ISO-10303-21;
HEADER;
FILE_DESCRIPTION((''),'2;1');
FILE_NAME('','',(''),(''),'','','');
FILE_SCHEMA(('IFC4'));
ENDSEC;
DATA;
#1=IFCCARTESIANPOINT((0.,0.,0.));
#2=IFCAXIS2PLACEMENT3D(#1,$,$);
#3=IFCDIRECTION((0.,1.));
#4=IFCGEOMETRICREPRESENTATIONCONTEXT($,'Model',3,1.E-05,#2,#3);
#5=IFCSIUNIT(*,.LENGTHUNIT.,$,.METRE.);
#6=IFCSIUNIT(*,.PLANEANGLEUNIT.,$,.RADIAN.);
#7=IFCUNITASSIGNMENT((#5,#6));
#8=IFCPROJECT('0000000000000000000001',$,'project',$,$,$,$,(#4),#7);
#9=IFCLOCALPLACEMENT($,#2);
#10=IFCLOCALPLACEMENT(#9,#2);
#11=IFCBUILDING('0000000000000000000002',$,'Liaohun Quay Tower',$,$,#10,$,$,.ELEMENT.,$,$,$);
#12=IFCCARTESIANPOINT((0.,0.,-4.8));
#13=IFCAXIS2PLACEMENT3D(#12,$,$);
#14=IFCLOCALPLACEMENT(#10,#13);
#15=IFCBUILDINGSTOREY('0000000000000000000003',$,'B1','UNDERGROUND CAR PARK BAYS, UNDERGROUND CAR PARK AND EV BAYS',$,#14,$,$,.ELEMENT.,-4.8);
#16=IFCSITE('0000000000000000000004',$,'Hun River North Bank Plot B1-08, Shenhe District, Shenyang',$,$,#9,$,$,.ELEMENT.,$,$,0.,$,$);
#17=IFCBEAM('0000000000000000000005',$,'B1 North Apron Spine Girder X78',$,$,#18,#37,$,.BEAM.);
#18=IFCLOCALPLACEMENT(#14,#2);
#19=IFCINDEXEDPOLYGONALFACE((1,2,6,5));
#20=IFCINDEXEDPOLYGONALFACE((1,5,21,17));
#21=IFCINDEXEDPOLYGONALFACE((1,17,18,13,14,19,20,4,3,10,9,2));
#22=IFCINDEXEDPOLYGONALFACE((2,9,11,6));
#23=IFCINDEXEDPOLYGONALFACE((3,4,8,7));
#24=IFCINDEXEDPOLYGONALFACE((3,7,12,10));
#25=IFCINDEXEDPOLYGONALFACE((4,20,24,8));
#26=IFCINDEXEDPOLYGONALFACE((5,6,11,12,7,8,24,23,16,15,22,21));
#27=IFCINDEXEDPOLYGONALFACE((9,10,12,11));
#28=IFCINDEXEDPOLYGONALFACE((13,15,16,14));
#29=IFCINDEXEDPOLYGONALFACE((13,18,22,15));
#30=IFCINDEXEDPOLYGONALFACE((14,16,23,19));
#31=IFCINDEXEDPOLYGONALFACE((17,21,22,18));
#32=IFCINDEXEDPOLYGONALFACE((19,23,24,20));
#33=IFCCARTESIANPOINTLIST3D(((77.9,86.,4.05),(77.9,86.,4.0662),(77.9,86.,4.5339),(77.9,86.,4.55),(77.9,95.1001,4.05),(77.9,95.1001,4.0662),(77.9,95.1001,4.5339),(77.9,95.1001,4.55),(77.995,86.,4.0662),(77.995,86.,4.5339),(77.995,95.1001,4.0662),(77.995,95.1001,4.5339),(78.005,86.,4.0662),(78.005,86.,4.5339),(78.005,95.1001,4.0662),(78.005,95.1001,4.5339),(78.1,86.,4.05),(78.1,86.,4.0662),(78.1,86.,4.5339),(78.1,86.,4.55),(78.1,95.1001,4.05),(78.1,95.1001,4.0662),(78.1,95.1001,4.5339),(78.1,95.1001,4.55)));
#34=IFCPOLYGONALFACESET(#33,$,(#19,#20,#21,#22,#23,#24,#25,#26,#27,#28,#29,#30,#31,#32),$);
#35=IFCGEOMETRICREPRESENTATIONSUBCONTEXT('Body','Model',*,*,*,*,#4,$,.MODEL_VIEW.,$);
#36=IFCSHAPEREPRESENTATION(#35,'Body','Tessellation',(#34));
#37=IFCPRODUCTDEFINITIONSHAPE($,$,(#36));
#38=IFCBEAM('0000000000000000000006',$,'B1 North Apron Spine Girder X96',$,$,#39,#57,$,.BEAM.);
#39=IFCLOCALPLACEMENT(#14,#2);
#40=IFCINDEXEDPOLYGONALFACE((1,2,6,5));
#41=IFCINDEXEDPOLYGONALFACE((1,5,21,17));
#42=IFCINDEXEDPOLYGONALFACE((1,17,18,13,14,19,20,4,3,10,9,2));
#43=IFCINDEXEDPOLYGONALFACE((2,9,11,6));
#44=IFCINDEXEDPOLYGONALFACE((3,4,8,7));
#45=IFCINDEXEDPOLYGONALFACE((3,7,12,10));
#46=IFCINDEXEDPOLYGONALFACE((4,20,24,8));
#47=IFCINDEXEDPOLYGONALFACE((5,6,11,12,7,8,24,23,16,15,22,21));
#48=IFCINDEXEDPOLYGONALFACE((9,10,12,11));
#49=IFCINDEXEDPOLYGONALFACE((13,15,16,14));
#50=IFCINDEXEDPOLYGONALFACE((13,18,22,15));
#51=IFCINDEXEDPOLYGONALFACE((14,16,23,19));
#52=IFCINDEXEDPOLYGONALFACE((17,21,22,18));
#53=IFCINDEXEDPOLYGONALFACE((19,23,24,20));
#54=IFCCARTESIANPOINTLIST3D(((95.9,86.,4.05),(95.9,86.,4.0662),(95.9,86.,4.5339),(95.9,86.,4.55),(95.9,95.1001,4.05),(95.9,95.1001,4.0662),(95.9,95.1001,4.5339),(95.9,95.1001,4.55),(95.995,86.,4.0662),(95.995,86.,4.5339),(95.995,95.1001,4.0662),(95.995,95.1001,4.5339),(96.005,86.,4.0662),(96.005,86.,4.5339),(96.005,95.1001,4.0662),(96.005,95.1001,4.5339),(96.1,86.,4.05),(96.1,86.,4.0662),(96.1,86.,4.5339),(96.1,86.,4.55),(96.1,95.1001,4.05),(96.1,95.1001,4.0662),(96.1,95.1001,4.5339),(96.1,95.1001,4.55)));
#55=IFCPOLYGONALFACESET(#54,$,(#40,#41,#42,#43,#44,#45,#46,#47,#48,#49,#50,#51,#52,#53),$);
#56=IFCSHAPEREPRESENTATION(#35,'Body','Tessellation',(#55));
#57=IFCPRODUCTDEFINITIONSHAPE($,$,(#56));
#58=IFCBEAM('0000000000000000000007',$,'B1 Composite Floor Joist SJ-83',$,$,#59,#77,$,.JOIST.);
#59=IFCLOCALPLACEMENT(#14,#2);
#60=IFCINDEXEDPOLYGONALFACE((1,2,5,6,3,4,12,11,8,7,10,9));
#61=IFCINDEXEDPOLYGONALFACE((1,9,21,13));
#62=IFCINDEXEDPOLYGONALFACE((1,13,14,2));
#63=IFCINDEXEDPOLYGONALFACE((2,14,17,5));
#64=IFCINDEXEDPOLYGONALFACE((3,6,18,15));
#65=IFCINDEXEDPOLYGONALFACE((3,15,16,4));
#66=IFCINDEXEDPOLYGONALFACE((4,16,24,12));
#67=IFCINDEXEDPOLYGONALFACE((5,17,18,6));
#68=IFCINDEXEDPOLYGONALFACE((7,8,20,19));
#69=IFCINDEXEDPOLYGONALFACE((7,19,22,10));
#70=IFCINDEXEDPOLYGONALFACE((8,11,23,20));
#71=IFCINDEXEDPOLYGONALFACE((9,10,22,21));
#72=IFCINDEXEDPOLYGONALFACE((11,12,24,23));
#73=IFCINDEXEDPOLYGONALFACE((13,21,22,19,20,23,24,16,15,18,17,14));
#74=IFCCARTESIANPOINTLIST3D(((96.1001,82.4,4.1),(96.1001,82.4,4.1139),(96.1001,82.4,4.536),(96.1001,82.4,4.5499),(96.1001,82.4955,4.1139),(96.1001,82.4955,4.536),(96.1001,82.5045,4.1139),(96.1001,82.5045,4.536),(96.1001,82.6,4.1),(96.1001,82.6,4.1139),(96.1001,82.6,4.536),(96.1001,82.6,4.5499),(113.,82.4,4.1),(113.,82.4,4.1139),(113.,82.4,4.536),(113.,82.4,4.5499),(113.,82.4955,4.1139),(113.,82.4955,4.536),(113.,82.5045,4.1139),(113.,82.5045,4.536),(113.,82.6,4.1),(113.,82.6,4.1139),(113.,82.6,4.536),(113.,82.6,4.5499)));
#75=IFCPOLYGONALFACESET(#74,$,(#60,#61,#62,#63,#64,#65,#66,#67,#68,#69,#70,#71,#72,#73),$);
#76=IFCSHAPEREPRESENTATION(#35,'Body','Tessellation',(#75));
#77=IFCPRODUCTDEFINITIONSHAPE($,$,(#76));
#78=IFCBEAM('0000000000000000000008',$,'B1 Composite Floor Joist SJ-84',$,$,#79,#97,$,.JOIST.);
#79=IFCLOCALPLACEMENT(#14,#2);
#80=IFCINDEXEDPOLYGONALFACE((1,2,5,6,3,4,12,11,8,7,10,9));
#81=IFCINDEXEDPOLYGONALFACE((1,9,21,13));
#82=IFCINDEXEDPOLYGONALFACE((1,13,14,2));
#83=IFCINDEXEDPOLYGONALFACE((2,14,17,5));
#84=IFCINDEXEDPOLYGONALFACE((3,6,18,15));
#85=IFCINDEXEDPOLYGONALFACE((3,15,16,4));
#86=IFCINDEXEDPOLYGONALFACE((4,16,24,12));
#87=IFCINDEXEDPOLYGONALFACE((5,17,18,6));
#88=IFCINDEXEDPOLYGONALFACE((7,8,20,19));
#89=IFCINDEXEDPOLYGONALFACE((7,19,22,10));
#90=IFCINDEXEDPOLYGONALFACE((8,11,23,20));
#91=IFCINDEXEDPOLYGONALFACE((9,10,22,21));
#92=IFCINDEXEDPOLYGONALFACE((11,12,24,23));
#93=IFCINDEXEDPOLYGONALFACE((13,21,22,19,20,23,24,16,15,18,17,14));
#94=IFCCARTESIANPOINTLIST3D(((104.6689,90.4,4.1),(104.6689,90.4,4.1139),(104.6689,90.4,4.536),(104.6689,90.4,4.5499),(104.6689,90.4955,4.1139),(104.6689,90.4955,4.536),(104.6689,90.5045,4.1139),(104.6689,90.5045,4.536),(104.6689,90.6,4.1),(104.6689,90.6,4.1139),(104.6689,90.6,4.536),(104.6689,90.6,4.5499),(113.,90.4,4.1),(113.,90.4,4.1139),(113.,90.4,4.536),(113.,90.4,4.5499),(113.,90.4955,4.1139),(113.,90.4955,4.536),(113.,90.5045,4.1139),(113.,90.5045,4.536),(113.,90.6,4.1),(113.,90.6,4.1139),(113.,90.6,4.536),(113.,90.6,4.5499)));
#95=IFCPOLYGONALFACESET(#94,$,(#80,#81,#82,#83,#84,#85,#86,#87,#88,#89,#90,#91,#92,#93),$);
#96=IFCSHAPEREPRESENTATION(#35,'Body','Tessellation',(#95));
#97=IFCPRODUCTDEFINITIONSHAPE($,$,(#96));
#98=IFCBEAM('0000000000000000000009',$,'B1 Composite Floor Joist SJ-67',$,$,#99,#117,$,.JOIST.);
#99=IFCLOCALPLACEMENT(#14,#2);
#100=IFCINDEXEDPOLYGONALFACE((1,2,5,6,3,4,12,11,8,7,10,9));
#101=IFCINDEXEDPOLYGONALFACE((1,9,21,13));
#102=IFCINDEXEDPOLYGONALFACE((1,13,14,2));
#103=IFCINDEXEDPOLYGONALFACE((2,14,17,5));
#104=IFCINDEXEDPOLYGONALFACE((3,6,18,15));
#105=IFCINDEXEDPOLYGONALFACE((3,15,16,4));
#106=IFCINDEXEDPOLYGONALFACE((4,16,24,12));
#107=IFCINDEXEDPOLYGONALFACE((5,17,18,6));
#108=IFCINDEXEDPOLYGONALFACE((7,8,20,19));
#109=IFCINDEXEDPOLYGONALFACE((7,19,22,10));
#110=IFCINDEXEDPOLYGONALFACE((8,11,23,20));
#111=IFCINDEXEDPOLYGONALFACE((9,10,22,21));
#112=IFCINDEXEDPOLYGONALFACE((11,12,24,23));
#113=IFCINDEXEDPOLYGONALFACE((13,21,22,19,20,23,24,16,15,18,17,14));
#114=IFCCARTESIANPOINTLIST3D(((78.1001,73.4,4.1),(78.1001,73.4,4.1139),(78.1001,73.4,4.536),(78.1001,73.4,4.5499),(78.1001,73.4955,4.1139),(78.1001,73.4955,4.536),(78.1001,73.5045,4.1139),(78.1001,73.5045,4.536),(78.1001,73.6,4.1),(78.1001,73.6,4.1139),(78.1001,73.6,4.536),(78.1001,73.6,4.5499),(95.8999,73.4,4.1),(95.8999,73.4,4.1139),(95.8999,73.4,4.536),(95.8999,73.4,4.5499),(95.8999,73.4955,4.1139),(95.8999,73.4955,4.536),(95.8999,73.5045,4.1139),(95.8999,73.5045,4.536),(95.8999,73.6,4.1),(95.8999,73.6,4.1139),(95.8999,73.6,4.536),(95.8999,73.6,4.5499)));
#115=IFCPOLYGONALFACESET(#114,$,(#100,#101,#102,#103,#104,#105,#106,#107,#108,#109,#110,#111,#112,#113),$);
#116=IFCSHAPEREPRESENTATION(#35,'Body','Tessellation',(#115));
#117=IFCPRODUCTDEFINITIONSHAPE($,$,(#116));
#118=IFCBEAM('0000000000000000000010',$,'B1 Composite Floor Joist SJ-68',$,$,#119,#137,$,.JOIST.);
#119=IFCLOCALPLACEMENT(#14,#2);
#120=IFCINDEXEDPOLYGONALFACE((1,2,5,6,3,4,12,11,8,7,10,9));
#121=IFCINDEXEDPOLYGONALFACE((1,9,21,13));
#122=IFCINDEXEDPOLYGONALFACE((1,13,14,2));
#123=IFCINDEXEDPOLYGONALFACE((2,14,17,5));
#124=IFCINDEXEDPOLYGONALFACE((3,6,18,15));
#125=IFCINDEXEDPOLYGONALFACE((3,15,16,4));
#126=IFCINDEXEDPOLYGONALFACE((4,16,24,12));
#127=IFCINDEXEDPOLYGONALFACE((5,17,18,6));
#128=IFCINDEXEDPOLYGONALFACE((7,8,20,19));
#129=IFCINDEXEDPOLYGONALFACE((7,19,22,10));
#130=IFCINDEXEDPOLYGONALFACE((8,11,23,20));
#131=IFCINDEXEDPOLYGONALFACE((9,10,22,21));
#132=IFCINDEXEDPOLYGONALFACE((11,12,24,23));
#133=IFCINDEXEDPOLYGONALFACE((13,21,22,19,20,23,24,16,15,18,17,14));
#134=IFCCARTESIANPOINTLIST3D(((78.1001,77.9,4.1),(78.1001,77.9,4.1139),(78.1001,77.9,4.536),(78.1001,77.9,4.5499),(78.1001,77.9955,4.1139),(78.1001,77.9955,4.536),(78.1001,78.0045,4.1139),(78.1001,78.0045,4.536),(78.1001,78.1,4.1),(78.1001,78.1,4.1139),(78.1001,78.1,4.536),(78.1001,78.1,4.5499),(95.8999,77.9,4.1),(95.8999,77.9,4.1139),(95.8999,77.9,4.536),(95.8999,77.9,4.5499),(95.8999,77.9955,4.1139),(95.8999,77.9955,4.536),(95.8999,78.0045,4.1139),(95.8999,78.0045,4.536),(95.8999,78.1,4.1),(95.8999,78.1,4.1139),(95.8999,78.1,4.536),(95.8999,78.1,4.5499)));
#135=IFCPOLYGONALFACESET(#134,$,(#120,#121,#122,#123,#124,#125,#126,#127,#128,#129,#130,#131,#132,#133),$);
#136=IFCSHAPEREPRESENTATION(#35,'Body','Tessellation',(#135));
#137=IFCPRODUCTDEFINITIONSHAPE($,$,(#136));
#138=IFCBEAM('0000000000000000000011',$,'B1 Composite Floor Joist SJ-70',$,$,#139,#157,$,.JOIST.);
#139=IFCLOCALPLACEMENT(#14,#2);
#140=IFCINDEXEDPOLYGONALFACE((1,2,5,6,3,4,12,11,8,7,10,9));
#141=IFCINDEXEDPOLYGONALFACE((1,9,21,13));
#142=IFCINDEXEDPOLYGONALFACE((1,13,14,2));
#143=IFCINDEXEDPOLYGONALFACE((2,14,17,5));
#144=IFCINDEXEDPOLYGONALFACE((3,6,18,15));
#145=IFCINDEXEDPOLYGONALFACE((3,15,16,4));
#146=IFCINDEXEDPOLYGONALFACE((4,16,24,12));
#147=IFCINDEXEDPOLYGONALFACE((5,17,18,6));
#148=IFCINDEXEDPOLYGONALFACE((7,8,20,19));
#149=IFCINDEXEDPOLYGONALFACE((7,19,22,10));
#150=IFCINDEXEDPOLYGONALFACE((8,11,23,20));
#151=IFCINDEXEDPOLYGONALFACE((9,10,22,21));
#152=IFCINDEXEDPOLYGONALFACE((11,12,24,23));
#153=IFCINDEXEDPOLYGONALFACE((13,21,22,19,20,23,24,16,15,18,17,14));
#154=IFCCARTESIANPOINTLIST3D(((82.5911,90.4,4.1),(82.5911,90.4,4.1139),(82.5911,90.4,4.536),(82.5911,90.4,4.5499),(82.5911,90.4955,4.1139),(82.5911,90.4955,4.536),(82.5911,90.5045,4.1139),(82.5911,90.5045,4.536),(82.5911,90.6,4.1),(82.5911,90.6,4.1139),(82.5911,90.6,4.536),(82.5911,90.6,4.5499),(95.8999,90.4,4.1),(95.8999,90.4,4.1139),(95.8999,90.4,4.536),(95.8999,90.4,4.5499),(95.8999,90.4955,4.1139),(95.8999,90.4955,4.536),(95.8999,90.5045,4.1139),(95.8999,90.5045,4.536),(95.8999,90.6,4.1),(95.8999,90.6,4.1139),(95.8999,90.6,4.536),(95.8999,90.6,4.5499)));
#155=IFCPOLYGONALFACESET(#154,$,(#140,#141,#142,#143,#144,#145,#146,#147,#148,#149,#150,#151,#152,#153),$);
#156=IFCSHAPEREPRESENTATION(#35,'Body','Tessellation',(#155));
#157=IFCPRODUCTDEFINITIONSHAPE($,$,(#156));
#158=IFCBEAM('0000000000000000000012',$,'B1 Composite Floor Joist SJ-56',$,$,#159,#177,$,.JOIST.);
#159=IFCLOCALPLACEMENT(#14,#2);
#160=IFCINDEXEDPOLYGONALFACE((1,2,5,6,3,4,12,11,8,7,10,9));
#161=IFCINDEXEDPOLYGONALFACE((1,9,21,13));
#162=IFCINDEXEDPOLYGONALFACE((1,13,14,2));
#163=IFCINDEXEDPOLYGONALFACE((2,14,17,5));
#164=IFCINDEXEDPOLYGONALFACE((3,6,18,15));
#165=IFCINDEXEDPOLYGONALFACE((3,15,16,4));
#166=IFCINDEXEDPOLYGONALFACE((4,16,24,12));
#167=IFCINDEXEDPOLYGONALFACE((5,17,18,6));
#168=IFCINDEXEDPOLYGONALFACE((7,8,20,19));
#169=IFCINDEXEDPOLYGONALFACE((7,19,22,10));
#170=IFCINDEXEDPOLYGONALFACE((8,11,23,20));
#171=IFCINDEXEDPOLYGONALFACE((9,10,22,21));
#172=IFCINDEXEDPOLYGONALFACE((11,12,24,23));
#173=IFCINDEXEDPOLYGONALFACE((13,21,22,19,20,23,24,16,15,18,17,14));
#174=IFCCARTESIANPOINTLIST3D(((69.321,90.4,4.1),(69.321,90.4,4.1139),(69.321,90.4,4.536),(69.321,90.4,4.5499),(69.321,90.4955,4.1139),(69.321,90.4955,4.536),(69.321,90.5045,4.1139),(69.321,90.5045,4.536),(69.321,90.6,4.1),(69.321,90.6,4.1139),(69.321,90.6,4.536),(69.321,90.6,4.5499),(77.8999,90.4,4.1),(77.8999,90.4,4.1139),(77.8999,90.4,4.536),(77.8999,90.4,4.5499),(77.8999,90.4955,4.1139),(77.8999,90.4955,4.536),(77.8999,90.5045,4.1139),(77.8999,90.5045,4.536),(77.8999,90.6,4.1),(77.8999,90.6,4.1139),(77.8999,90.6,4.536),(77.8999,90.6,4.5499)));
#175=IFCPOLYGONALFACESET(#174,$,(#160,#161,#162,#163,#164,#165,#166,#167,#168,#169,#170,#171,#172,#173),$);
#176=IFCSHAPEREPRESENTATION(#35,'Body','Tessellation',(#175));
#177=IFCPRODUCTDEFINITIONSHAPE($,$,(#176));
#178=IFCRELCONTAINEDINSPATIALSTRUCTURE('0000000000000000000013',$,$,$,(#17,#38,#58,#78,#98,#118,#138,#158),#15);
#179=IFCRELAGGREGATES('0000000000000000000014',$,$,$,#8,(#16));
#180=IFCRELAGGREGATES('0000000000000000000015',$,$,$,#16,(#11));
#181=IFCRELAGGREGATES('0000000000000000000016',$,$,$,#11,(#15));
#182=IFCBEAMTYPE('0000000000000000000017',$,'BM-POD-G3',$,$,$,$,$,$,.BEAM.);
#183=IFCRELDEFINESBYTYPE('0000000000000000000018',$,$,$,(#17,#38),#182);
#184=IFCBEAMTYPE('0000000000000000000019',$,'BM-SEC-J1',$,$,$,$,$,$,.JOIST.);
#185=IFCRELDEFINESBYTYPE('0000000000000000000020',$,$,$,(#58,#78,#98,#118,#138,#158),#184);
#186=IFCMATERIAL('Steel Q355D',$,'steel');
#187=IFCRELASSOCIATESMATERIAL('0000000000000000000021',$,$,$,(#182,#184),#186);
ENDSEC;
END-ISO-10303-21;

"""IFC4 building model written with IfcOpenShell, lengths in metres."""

from ifc_helpers import new_model, si_unit, direction, frame, origin, origin_2d, place, context, subcontext, project, spatial, i_section, extrude, source, transform, mapped, material, material_profile, profile_set, type_object, element, save


model = new_model("IFC4")

# Units and contexts
model_context = context("Model", 3, precision=1e-05, world=origin(), true_north=direction((0.0, 1.0)))
body_context = subcontext(model_context, "Body", "Model", "MODEL_VIEW")
ifc_project = project(units=[si_unit("LENGTHUNIT", "METRE"), si_unit("PLANEANGLEUNIT", "RADIAN")], contexts=[model_context])

# Site, building, storey
site_placement = place(None, origin())
site = spatial("IfcSite", under=ifc_project, at=site_placement, Name="Hun River North Bank Plot B1-08, Shenhe District, Shenyang", CompositionType="ELEMENT", RefElevation=0.0)
building_placement = place(site_placement, origin())
building = spatial("IfcBuilding", under=site, at=building_placement, Name="Liaohun Quay Tower", CompositionType="ELEMENT")
storey_placement = place(building_placement, frame((0.0, 0.0, -4.8)))
storey = spatial("IfcBuildingStorey", under=building, at=storey_placement, Name="B1", Description="UNDERGROUND CAR PARK BAYS, UNDERGROUND CAR PARK AND EV BAYS", CompositionType="ELEMENT", Elevation=-4.8)

# Beams
ifc_material_1 = material(Name="Steel Q355D", Category="steel")
ifc_material_profile_1 = material_profile(ifc_material_1, i_section(OverallWidth=0.2, OverallDepth=0.5, WebThickness=0.01, FlangeThickness=0.0161, at=origin_2d()), Name="HN500x200x10x16")
ifc_profile_set_1 = profile_set([ifc_material_profile_1], Name="Steel Q355D")
beam_type_1 = type_object("IfcBeamType", Name="BM-POD-G3", PredefinedType="BEAM", material=ifc_profile_set_1)
shared_shape_1 = source(origin(), body_context, "Body", "SweptSolid", [
    extrude(i_section(OverallWidth=0.2, OverallDepth=0.5, WebThickness=0.01, FlangeThickness=0.0161, at=origin_2d()), origin(), (0.0, 0.0, 1.0), 9.1001),
])
for number, where, z_axis, x_axis, name in (
    (1, (78.0, 86.0, 4.3), (0.0, 1.0, 0.0), (-1.0, 0.0, 0.0), "B1 North Apron Spine Girder X78"),
    (2, (96.0, 86.0, 4.3), (0.0, 1.0, 0.0), (-1.0, 0.0, 0.0), "B1 North Apron Spine Girder X96"),
):
    element("IfcBeam", number, at=place(storey_placement, frame(where, z_axis=z_axis, x_axis=x_axis)), inside=storey, type_object=beam_type_1, Name=name, PredefinedType="BEAM", context=body_context, shape_type="MappedRepresentation", body=[
        mapped(shared_shape_1, transform((0.0, 0.0, 0.0), x_axis=(1.0, 0.0, 0.0), y_axis=(0.0, 1.0, 0.0), z_axis=(0.0, 0.0, 1.0), scale=1.0)),
    ])
ifc_material_profile_2 = material_profile(ifc_material_1, i_section(OverallWidth=0.2, OverallDepth=0.45, WebThickness=0.009, FlangeThickness=0.0139, at=origin_2d()), Name="HN450x200x9x14")
ifc_profile_set_2 = profile_set([ifc_material_profile_2], Name="Steel Q355D")
beam_type_2 = type_object("IfcBeamType", Name="BM-SEC-J1", PredefinedType="JOIST", material=ifc_profile_set_2)
shared_shape_2 = source(origin(), body_context, "Body", "SweptSolid", [
    extrude(i_section(OverallWidth=0.2, OverallDepth=0.45, WebThickness=0.009, FlangeThickness=0.0139, at=origin_2d()), origin(), (0.0, 0.0, 1.0), 16.8999),
])
beam_1_placement = place(storey_placement, frame((96.1001, 82.5, 4.325), z_axis=(1.0, 0.0, 0.0), x_axis=(0.0, 1.0, 0.0)))
element("IfcBeam", 3, at=beam_1_placement, inside=storey, type_object=beam_type_2, Name="B1 Composite Floor Joist SJ-83", PredefinedType="JOIST", context=body_context, shape_type="MappedRepresentation", body=[
    mapped(shared_shape_2, transform((0.0, 0.0, 0.0), x_axis=(1.0, 0.0, 0.0), y_axis=(0.0, 1.0, 0.0), z_axis=(0.0, 0.0, 1.0), scale=1.0)),
])
shared_shape_3 = source(origin(), body_context, "Body", "SweptSolid", [
    extrude(i_section(OverallWidth=0.2, OverallDepth=0.45, WebThickness=0.009, FlangeThickness=0.0139, at=origin_2d()), origin(), (0.0, 0.0, 1.0), 8.3311),
])
beam_2_placement = place(storey_placement, frame((104.6689, 90.5, 4.325), z_axis=(1.0, 0.0, 0.0), x_axis=(0.0, 1.0, 0.0)))
element("IfcBeam", 4, at=beam_2_placement, inside=storey, type_object=beam_type_2, Name="B1 Composite Floor Joist SJ-84", PredefinedType="JOIST", context=body_context, shape_type="MappedRepresentation", body=[
    mapped(shared_shape_3, transform((0.0, 0.0, 0.0), x_axis=(1.0, 0.0, 0.0), y_axis=(0.0, 1.0, 0.0), z_axis=(0.0, 0.0, 1.0), scale=1.0)),
])
shared_shape_4 = source(origin(), body_context, "Body", "SweptSolid", [
    extrude(i_section(OverallWidth=0.2, OverallDepth=0.45, WebThickness=0.009, FlangeThickness=0.0139, at=origin_2d()), origin(), (0.0, 0.0, 1.0), 17.7998),
])
for number, where, z_axis, x_axis, name in (
    (5, (78.1001, 73.5, 4.325), (1.0, 0.0, 0.0), (0.0, 1.0, 0.0), "B1 Composite Floor Joist SJ-67"),
    (6, (78.1001, 78.0, 4.325), (1.0, 0.0, 0.0), (0.0, 1.0, 0.0), "B1 Composite Floor Joist SJ-68"),
):
    element("IfcBeam", number, at=place(storey_placement, frame(where, z_axis=z_axis, x_axis=x_axis)), inside=storey, type_object=beam_type_2, Name=name, PredefinedType="JOIST", context=body_context, shape_type="MappedRepresentation", body=[
        mapped(shared_shape_4, transform((0.0, 0.0, 0.0), x_axis=(1.0, 0.0, 0.0), y_axis=(0.0, 1.0, 0.0), z_axis=(0.0, 0.0, 1.0), scale=1.0)),
    ])
shared_shape_5 = source(origin(), body_context, "Body", "SweptSolid", [
    extrude(i_section(OverallWidth=0.2, OverallDepth=0.45, WebThickness=0.009, FlangeThickness=0.0139, at=origin_2d()), origin(), (0.0, 0.0, 1.0), 13.3088),
])
beam_3_placement = place(storey_placement, frame((82.5911, 90.5, 4.325), z_axis=(1.0, 0.0, 0.0), x_axis=(0.0, 1.0, 0.0)))
element("IfcBeam", 7, at=beam_3_placement, inside=storey, type_object=beam_type_2, Name="B1 Composite Floor Joist SJ-70", PredefinedType="JOIST", context=body_context, shape_type="MappedRepresentation", body=[
    mapped(shared_shape_5, transform((0.0, 0.0, 0.0), x_axis=(1.0, 0.0, 0.0), y_axis=(0.0, 1.0, 0.0), z_axis=(0.0, 0.0, 1.0), scale=1.0)),
])
shared_shape_6 = source(origin(), body_context, "Body", "SweptSolid", [
    extrude(i_section(OverallWidth=0.2, OverallDepth=0.45, WebThickness=0.009, FlangeThickness=0.0139, at=origin_2d()), origin(), (0.0, 0.0, 1.0), 8.5789),
])
beam_4_placement = place(storey_placement, frame((69.321, 90.5, 4.325), z_axis=(1.0, 0.0, 0.0), x_axis=(0.0, 1.0, 0.0)))
element("IfcBeam", 8, at=beam_4_placement, inside=storey, type_object=beam_type_2, Name="B1 Composite Floor Joist SJ-56", PredefinedType="JOIST", context=body_context, shape_type="MappedRepresentation", body=[
    mapped(shared_shape_6, transform((0.0, 0.0, 0.0), x_axis=(1.0, 0.0, 0.0), y_axis=(0.0, 1.0, 0.0), z_axis=(0.0, 0.0, 1.0), scale=1.0)),
])

save(model, "model.ifc")
